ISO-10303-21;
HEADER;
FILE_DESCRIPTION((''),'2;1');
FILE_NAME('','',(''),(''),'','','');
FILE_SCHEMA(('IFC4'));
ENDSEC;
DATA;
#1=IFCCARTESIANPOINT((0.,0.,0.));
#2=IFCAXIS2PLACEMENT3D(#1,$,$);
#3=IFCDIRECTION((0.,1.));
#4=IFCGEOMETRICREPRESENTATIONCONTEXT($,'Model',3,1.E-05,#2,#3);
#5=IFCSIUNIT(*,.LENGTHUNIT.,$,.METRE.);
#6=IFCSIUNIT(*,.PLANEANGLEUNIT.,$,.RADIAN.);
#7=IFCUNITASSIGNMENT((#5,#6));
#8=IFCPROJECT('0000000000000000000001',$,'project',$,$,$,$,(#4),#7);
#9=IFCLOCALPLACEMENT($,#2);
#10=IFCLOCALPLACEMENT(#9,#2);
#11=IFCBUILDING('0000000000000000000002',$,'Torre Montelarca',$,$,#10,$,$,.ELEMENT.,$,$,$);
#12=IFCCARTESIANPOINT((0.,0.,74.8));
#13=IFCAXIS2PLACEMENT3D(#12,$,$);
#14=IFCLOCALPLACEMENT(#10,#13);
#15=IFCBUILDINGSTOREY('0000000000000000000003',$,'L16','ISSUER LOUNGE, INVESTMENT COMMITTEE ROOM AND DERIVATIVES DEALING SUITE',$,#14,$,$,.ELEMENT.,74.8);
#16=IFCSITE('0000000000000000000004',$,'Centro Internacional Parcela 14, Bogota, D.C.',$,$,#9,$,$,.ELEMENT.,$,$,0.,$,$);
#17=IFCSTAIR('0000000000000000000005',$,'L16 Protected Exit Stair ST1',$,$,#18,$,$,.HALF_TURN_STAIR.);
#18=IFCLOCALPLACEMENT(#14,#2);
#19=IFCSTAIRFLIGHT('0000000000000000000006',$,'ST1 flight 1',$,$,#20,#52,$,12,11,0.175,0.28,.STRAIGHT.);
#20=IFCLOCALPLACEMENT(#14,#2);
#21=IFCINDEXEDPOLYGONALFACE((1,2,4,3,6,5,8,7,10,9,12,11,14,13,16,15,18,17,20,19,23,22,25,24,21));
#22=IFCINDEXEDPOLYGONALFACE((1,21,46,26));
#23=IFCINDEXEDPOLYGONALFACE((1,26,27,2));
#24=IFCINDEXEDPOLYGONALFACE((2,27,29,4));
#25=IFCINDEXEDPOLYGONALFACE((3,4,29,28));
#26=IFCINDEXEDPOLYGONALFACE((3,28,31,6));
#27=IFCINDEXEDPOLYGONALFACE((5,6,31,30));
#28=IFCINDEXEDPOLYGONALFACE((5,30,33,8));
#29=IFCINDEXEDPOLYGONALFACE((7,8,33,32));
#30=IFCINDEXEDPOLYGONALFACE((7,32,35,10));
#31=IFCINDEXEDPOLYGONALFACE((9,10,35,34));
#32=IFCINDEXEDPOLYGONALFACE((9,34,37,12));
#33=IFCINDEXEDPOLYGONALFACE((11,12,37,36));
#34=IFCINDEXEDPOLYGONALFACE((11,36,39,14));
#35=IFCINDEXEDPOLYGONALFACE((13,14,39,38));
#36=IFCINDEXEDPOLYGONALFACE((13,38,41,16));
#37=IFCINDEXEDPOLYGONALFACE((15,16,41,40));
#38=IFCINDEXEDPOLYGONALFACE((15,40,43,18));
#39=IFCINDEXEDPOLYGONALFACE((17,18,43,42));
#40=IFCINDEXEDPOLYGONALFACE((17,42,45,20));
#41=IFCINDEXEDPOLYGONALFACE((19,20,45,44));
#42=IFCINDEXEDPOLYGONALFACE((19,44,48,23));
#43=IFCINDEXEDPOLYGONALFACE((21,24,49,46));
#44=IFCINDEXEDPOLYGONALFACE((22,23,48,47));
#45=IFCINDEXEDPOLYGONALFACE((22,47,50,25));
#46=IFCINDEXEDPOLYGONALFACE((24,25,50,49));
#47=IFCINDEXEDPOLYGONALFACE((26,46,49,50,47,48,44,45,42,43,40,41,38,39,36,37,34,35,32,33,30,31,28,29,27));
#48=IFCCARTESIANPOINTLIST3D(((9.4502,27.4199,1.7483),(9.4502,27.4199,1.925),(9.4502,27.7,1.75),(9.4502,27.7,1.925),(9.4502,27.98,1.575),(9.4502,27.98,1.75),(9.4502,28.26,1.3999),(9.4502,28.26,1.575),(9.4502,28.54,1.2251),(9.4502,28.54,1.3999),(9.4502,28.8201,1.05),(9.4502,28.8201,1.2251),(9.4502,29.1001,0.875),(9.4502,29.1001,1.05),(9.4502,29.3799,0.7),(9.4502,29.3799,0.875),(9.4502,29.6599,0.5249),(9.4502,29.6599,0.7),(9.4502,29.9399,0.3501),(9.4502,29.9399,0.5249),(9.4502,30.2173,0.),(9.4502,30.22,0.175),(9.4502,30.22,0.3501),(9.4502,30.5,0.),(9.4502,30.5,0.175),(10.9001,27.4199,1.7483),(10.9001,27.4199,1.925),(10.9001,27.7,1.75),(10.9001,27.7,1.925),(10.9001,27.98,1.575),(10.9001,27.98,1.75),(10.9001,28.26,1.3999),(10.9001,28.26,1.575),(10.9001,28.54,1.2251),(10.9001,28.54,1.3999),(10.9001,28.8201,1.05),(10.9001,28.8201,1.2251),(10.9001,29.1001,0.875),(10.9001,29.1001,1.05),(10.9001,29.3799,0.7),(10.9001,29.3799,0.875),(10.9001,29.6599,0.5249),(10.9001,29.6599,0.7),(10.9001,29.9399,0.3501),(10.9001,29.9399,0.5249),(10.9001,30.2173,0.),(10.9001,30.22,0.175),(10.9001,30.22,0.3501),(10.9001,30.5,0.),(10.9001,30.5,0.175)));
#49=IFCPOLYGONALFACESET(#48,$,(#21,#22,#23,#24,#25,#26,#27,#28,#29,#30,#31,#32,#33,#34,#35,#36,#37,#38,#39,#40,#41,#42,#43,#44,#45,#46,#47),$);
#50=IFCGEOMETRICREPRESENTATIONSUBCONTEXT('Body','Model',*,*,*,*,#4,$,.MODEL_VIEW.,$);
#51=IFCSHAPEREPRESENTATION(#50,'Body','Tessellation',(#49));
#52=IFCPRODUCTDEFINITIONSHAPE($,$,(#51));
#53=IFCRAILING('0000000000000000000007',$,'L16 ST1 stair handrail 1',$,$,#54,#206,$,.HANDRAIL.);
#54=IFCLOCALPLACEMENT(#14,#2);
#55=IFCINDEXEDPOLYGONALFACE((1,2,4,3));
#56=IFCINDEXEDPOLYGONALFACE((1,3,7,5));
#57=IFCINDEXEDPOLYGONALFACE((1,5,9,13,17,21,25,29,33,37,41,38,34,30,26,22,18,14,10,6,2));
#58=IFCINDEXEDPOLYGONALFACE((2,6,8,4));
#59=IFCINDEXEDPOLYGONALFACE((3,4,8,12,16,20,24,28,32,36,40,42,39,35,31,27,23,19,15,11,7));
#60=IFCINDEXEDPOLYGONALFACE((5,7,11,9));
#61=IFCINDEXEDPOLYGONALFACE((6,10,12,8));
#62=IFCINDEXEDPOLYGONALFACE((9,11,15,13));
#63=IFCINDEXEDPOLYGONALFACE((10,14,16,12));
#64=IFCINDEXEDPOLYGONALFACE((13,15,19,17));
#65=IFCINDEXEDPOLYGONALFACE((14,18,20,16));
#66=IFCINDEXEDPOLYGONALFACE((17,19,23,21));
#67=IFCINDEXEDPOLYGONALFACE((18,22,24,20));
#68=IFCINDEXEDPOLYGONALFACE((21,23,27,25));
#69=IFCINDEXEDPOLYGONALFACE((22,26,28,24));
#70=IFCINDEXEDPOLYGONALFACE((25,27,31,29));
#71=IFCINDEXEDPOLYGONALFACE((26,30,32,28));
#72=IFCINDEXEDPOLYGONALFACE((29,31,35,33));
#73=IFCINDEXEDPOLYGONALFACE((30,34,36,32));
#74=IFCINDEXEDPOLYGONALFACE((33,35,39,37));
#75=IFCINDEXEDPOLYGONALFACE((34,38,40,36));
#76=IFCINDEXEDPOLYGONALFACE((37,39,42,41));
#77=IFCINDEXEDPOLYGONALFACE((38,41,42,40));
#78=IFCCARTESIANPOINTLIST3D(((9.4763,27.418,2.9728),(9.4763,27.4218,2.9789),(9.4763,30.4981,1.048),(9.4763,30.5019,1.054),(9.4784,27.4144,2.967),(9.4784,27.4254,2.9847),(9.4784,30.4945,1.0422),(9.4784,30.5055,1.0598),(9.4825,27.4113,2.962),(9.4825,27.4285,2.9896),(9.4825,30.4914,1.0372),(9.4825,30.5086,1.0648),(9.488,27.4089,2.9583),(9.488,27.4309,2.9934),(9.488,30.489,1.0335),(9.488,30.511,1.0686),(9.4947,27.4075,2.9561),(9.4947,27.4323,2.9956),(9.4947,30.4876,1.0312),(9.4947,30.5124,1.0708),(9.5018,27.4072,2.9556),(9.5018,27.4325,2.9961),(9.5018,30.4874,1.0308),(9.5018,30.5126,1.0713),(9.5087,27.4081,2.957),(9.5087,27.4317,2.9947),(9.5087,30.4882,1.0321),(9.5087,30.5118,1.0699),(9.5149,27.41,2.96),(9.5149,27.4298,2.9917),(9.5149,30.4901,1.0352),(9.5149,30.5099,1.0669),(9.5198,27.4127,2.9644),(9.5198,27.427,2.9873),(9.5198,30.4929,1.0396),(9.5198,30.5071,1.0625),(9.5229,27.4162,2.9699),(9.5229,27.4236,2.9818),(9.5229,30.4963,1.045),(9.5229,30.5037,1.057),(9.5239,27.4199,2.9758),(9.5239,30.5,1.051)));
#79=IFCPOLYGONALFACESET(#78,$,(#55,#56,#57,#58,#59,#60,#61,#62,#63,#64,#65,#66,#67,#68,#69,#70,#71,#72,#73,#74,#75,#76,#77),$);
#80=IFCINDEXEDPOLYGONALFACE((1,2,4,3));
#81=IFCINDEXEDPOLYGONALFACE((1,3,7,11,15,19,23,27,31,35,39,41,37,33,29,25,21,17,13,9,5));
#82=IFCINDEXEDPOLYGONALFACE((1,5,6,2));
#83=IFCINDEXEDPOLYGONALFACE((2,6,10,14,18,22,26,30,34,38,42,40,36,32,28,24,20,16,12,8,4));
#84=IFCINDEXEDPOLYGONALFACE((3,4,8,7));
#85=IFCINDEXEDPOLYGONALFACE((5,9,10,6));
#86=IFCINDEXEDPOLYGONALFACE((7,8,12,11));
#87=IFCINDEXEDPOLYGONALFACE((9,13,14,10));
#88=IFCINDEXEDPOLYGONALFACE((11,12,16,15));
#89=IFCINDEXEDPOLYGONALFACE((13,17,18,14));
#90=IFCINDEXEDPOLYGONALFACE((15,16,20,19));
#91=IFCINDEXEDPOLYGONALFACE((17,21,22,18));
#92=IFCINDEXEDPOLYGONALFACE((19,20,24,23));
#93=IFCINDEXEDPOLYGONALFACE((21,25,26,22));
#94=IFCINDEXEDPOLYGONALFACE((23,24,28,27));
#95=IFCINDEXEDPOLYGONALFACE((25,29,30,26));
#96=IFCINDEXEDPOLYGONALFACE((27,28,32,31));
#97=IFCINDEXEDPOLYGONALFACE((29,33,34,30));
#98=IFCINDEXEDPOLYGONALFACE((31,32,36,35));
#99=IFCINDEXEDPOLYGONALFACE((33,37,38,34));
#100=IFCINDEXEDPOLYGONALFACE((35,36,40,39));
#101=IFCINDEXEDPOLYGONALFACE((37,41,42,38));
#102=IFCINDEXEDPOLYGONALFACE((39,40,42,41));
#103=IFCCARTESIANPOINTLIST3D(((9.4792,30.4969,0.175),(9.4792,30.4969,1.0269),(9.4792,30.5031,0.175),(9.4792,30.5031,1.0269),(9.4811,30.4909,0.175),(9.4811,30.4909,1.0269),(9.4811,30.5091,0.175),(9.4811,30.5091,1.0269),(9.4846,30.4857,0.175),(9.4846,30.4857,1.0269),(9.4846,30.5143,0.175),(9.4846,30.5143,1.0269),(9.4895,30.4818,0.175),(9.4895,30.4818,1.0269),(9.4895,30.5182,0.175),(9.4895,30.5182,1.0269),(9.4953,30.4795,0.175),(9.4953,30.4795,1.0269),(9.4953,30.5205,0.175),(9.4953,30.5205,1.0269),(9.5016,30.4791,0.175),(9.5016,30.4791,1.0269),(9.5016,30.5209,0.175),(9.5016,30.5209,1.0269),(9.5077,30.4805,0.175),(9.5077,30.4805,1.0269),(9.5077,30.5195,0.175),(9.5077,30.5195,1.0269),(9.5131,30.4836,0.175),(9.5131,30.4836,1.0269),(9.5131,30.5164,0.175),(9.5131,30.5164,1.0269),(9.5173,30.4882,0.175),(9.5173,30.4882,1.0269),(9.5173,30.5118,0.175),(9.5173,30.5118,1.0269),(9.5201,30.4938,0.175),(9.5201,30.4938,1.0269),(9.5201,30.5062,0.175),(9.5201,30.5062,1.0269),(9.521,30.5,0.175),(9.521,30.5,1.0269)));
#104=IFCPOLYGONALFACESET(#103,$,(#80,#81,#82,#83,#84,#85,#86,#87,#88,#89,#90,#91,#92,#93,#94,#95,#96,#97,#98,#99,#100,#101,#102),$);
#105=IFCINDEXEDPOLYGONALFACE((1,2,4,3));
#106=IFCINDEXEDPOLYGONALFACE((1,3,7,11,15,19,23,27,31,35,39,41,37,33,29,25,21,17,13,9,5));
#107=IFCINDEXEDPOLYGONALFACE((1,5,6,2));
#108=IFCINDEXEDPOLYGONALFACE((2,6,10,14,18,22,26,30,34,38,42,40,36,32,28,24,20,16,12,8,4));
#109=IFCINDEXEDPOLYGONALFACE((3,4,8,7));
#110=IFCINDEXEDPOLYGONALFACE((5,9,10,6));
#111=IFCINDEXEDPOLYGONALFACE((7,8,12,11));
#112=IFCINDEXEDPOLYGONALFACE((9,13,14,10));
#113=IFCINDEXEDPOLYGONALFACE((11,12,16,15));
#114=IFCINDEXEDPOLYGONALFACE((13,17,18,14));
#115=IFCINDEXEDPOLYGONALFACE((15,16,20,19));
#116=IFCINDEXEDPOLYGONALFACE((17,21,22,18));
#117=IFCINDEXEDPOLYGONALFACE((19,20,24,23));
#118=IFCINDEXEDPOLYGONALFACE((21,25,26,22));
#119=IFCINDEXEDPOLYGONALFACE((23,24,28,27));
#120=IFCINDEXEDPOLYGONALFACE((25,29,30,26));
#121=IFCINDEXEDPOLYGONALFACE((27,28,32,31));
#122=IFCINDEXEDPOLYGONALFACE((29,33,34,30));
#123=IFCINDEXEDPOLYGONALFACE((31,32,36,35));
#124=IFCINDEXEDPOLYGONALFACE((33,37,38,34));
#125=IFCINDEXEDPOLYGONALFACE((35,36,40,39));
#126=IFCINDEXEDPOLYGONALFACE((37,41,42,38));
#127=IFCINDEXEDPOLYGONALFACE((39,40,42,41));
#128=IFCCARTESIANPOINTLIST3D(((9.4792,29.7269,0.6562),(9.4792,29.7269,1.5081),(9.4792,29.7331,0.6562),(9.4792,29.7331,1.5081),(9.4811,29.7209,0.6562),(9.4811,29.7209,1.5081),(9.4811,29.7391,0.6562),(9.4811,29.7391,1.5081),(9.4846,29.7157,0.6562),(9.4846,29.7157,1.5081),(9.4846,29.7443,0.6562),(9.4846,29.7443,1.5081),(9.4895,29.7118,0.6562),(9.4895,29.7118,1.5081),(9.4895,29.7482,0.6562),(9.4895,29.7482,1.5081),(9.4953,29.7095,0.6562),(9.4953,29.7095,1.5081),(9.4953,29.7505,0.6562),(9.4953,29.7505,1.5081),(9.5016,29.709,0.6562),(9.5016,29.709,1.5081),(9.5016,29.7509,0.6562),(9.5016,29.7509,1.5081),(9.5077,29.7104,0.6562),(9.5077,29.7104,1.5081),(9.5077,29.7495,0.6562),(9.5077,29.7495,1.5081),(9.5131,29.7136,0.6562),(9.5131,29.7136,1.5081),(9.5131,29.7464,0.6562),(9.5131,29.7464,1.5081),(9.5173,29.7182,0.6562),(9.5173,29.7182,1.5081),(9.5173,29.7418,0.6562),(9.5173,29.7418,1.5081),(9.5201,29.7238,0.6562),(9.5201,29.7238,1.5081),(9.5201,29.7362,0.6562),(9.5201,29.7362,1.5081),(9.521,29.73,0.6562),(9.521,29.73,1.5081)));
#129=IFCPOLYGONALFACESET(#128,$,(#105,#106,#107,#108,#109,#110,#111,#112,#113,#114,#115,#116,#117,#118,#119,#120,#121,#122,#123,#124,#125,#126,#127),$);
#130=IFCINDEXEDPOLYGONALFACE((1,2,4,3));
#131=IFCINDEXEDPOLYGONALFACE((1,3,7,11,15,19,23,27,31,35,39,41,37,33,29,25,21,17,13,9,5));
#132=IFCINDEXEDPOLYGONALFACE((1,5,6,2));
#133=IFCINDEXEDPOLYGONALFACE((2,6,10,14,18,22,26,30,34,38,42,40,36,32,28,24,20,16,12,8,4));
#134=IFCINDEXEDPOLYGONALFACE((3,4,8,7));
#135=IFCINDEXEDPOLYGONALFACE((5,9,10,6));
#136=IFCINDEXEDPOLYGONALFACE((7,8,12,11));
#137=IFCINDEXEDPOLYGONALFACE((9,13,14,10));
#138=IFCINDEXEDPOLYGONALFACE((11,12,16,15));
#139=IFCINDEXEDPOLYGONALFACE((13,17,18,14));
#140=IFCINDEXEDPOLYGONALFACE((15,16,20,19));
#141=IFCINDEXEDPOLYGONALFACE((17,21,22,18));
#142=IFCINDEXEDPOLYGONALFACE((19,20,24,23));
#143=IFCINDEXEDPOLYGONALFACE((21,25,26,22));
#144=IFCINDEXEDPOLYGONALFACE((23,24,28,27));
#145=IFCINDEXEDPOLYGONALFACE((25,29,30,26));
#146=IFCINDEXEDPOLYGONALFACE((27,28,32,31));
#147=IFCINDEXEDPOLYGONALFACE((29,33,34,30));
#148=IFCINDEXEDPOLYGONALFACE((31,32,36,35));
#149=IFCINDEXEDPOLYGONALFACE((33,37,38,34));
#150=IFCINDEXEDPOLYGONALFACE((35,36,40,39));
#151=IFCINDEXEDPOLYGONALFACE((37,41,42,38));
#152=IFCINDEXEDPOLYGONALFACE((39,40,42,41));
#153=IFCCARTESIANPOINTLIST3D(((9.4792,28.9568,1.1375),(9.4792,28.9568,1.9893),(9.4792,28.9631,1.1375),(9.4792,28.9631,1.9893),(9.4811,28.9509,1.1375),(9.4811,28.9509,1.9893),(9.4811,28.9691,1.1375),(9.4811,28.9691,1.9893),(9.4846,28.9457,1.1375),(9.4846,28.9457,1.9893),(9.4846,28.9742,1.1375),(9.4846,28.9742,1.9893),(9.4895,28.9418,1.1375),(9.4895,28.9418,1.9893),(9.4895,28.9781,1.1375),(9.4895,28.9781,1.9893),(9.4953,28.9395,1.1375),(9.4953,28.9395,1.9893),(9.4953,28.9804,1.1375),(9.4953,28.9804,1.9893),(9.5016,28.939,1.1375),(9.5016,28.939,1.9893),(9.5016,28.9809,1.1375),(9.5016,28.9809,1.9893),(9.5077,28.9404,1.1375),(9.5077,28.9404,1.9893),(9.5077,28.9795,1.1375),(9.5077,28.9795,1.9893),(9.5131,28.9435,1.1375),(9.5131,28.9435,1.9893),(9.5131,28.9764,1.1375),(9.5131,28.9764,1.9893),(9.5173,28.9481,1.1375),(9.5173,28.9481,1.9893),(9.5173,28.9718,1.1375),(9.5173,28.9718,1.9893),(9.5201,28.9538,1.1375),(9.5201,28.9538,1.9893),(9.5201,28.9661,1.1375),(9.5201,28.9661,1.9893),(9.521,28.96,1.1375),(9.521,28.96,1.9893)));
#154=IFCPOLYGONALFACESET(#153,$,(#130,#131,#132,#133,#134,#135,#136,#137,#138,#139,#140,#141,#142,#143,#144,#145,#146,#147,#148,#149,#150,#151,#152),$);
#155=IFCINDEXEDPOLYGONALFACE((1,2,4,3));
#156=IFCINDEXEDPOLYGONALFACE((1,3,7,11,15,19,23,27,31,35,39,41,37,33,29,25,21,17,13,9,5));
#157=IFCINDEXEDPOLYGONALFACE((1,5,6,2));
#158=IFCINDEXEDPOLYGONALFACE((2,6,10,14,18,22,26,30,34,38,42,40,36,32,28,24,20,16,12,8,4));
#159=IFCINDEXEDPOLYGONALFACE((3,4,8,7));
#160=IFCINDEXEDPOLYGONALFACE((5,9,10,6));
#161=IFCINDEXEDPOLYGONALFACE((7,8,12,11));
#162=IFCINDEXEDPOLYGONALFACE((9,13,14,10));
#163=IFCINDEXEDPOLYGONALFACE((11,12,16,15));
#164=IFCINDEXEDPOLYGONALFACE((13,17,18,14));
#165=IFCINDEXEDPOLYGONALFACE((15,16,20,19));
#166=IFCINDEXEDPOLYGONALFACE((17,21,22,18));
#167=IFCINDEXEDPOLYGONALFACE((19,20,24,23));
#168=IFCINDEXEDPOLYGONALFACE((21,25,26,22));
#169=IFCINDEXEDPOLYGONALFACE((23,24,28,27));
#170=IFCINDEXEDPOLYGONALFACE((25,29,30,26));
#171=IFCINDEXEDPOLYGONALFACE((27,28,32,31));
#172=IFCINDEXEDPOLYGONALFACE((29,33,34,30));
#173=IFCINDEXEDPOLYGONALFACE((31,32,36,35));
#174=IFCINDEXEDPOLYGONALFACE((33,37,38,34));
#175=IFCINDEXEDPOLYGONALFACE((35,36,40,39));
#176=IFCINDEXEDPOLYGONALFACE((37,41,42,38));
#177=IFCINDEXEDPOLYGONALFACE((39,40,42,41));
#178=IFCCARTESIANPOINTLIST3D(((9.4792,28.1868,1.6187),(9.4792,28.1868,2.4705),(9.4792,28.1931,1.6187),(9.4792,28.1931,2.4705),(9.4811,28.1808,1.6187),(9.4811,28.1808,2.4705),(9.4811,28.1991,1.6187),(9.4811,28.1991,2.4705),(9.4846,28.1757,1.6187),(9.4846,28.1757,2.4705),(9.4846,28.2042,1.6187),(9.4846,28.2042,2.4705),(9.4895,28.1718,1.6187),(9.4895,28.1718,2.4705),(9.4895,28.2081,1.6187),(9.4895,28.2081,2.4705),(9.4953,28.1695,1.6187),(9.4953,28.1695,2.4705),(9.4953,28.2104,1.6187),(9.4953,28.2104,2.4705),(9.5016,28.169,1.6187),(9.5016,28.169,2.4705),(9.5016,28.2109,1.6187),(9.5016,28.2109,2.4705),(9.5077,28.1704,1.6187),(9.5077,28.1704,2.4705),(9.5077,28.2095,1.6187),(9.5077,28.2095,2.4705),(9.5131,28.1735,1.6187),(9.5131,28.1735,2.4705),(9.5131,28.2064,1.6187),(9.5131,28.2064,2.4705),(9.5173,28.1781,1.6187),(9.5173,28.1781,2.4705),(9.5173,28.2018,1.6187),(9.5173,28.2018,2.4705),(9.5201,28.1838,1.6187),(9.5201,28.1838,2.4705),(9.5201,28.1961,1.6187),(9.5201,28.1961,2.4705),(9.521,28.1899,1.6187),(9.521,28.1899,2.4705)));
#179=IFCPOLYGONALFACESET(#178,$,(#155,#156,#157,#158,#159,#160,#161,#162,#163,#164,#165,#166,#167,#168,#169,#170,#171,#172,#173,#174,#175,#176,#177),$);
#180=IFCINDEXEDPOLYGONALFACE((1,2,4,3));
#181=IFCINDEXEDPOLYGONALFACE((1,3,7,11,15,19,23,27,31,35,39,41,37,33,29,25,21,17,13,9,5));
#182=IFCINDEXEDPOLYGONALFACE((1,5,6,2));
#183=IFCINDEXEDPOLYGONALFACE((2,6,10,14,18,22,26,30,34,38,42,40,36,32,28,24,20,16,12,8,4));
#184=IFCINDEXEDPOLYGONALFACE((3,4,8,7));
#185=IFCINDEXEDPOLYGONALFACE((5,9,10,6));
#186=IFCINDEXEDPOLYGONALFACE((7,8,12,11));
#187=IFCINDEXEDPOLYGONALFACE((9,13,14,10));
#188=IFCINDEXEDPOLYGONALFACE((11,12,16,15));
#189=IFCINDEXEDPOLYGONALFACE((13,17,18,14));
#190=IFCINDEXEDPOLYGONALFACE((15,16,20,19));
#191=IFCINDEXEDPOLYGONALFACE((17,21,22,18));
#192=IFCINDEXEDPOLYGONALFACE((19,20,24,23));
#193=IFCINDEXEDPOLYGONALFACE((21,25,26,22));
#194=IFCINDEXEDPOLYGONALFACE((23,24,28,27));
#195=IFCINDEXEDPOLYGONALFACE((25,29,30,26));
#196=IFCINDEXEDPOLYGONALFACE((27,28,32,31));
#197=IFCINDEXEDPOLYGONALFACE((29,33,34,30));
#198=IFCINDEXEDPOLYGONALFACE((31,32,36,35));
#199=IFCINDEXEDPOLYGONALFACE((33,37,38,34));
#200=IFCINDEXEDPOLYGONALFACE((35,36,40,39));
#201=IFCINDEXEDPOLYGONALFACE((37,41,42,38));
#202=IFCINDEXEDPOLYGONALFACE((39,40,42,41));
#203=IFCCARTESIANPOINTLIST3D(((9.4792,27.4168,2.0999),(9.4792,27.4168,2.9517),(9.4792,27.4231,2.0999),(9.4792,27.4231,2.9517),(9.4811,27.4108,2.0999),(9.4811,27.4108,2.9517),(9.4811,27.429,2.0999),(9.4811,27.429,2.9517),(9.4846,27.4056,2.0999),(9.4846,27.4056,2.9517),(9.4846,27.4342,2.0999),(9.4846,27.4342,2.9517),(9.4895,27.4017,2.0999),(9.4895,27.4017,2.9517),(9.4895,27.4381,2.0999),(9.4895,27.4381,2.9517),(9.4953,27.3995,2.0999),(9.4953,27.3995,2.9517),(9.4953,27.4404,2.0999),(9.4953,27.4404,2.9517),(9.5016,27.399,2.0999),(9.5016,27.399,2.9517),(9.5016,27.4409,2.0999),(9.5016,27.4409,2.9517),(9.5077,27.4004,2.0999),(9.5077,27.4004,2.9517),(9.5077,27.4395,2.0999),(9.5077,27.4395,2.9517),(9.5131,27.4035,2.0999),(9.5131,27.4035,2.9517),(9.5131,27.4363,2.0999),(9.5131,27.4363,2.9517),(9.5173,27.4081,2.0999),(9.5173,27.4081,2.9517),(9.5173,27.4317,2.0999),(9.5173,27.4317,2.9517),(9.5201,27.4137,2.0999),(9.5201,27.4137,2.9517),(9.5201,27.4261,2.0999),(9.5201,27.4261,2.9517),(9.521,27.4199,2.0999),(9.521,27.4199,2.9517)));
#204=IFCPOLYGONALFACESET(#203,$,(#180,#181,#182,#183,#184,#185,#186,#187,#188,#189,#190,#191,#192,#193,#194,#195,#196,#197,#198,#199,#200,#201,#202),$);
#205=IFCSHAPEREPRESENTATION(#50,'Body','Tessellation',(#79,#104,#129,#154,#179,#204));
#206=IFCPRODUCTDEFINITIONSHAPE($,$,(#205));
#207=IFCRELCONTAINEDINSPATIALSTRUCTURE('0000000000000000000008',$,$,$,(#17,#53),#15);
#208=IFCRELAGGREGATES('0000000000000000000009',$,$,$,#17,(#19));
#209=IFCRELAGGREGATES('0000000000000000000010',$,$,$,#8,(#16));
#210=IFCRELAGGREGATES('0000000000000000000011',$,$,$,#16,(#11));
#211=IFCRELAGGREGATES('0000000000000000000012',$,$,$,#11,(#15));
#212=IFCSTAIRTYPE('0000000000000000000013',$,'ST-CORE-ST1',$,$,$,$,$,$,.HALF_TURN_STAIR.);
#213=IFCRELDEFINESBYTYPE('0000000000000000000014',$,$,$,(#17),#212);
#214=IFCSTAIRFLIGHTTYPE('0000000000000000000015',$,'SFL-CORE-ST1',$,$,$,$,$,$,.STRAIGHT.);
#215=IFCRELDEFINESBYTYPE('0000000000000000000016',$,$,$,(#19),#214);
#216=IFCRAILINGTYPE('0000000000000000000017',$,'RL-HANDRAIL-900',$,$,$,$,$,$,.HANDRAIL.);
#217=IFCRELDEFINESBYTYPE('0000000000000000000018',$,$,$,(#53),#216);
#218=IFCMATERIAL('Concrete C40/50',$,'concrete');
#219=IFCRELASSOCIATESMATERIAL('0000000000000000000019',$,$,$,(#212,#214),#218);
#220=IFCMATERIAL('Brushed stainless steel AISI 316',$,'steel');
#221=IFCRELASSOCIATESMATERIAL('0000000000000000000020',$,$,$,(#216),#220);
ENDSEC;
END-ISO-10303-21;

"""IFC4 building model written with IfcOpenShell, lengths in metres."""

from ifc_helpers import new_model, si_unit, direction, frame, origin, origin_2d, place, context, subcontext, project, spatial, polyline, circle, outline, extrude, material, type_object, element, aggregate, save


model = new_model("IFC4")

# Units and contexts
model_context = context("Model", 3, precision=1e-05, world=origin(), true_north=direction((0.0, 1.0)))
body_context = subcontext(model_context, "Body", "Model", "MODEL_VIEW")
ifc_project = project(units=[si_unit("LENGTHUNIT", "METRE"), si_unit("PLANEANGLEUNIT", "RADIAN")], contexts=[model_context])

# Site, building, storey
site_placement = place(None, origin())
site = spatial("IfcSite", under=ifc_project, at=site_placement, Name="Centro Internacional Parcela 14, Bogota, D.C.", CompositionType="ELEMENT", RefElevation=0.0)
building_placement = place(site_placement, origin())
building = spatial("IfcBuilding", under=site, at=building_placement, Name="Torre Montelarca", CompositionType="ELEMENT")
storey_placement = place(building_placement, frame((0.0, 0.0, 74.8)))
storey = spatial("IfcBuildingStorey", under=building, at=storey_placement, Name="L16", Description="ISSUER LOUNGE, INVESTMENT COMMITTEE ROOM AND DERIVATIVES DEALING SUITE", CompositionType="ELEMENT", Elevation=74.8)

# Shared definitions
ifc_material_1 = material(Name="Concrete C40/50", Category="concrete")

# Shared definitions
ifc_material_2 = material(Name="Brushed stainless steel AISI 316", Category="steel")

# Stair, stair flight
stair_type = type_object("IfcStairType", Name="ST-CORE-ST1", PredefinedType="HALF_TURN_STAIR", material=ifc_material_1)
stair_placement = place(storey_placement, origin())
stair = element("IfcStair", 1, at=stair_placement, inside=storey, type_object=stair_type, Name="L16 Protected Exit Stair ST1", PredefinedType="HALF_TURN_STAIR")
stair_flight_type = type_object("IfcStairFlightType", Name="SFL-CORE-ST1", PredefinedType="STRAIGHT", material=ifc_material_1)
stair_flight_placement = place(storey_placement, frame((10.175, 30.5, 0.0), z_axis=(0.0, 0.0, 1.0), x_axis=(0.0, -1.0, 0.0)))
stair_flight = element("IfcStairFlight", 2, at=stair_flight_placement, type_object=stair_flight_type, Name="ST1 flight 1", NumberOfRisers=12, NumberOfTreads=11, PredefinedType="STRAIGHT", RiserHeight=0.175, TreadLength=0.28, context=body_context, shape_type="SweptSolid", body=[
    extrude(outline(polyline([(0.0, 0.0), (0.0, 0.175), (0.28, 0.175), (0.28, 0.3501), (0.5601, 0.3501), (0.5601, 0.5249), (0.8401, 0.5249), (0.8401, 0.7), (1.1201, 0.7), (1.1201, 0.875), (1.3999, 0.875), (1.3999, 1.05), (1.6799, 1.05), (1.6799, 1.2251), (1.96, 1.2251), (1.96, 1.3999), (2.24, 1.3999), (2.24, 1.575), (2.52, 1.575), (2.52, 1.75), (2.8, 1.75), (2.8, 1.925), (3.0801, 1.925), (3.0801, 2.1001), (3.0801, 1.7483), (0.2827, 0.0), (0.0, 0.0)])), frame((0.0, 0.7251, 0.0), z_axis=(0.0, -1.0, 0.0), x_axis=(1.0, 0.0, 0.0)), (0.0, 0.0, 1.0), 1.45),
])
aggregate(stair, [stair_flight])

# Railing
railing_type = type_object("IfcRailingType", Name="RL-HANDRAIL-900", PredefinedType="HANDRAIL", material=ifc_material_2)
railing_placement = place(storey_placement, frame((9.5, 30.5, 0.175)))
element("IfcRailing", 3, at=railing_placement, inside=storey, type_object=railing_type, Name="L16 ST1 stair handrail 1", PredefinedType="HANDRAIL", context=body_context, shape_type="SweptSolid", body=[
    extrude(circle(Radius=0.0239, at=origin_2d()), frame((0.0, 0.0, 0.876), z_axis=(0.0, -0.848029, 0.529951), x_axis=(1.0, 0.0, 0.0)), (0.0, 0.0, 1.0), 3.6321),
    extrude(circle(Radius=0.021, at=origin_2d()), origin(), (0.0, 0.0, 1.0), 0.8518),
    extrude(circle(Radius=0.021, at=origin_2d()), frame((0.0, -0.77, 0.4812)), (0.0, 0.0, 1.0), 0.8518),
    extrude(circle(Radius=0.021, at=origin_2d()), frame((0.0, -1.54, 0.9624)), (0.0, 0.0, 1.0), 0.8518),
    extrude(circle(Radius=0.021, at=origin_2d()), frame((0.0, -2.3101, 1.4436)), (0.0, 0.0, 1.0), 0.8518),
    extrude(circle(Radius=0.021, at=origin_2d()), frame((0.0, -3.0801, 1.9248)), (0.0, 0.0, 1.0), 0.8518),
])

save(model, "model.ifc")
